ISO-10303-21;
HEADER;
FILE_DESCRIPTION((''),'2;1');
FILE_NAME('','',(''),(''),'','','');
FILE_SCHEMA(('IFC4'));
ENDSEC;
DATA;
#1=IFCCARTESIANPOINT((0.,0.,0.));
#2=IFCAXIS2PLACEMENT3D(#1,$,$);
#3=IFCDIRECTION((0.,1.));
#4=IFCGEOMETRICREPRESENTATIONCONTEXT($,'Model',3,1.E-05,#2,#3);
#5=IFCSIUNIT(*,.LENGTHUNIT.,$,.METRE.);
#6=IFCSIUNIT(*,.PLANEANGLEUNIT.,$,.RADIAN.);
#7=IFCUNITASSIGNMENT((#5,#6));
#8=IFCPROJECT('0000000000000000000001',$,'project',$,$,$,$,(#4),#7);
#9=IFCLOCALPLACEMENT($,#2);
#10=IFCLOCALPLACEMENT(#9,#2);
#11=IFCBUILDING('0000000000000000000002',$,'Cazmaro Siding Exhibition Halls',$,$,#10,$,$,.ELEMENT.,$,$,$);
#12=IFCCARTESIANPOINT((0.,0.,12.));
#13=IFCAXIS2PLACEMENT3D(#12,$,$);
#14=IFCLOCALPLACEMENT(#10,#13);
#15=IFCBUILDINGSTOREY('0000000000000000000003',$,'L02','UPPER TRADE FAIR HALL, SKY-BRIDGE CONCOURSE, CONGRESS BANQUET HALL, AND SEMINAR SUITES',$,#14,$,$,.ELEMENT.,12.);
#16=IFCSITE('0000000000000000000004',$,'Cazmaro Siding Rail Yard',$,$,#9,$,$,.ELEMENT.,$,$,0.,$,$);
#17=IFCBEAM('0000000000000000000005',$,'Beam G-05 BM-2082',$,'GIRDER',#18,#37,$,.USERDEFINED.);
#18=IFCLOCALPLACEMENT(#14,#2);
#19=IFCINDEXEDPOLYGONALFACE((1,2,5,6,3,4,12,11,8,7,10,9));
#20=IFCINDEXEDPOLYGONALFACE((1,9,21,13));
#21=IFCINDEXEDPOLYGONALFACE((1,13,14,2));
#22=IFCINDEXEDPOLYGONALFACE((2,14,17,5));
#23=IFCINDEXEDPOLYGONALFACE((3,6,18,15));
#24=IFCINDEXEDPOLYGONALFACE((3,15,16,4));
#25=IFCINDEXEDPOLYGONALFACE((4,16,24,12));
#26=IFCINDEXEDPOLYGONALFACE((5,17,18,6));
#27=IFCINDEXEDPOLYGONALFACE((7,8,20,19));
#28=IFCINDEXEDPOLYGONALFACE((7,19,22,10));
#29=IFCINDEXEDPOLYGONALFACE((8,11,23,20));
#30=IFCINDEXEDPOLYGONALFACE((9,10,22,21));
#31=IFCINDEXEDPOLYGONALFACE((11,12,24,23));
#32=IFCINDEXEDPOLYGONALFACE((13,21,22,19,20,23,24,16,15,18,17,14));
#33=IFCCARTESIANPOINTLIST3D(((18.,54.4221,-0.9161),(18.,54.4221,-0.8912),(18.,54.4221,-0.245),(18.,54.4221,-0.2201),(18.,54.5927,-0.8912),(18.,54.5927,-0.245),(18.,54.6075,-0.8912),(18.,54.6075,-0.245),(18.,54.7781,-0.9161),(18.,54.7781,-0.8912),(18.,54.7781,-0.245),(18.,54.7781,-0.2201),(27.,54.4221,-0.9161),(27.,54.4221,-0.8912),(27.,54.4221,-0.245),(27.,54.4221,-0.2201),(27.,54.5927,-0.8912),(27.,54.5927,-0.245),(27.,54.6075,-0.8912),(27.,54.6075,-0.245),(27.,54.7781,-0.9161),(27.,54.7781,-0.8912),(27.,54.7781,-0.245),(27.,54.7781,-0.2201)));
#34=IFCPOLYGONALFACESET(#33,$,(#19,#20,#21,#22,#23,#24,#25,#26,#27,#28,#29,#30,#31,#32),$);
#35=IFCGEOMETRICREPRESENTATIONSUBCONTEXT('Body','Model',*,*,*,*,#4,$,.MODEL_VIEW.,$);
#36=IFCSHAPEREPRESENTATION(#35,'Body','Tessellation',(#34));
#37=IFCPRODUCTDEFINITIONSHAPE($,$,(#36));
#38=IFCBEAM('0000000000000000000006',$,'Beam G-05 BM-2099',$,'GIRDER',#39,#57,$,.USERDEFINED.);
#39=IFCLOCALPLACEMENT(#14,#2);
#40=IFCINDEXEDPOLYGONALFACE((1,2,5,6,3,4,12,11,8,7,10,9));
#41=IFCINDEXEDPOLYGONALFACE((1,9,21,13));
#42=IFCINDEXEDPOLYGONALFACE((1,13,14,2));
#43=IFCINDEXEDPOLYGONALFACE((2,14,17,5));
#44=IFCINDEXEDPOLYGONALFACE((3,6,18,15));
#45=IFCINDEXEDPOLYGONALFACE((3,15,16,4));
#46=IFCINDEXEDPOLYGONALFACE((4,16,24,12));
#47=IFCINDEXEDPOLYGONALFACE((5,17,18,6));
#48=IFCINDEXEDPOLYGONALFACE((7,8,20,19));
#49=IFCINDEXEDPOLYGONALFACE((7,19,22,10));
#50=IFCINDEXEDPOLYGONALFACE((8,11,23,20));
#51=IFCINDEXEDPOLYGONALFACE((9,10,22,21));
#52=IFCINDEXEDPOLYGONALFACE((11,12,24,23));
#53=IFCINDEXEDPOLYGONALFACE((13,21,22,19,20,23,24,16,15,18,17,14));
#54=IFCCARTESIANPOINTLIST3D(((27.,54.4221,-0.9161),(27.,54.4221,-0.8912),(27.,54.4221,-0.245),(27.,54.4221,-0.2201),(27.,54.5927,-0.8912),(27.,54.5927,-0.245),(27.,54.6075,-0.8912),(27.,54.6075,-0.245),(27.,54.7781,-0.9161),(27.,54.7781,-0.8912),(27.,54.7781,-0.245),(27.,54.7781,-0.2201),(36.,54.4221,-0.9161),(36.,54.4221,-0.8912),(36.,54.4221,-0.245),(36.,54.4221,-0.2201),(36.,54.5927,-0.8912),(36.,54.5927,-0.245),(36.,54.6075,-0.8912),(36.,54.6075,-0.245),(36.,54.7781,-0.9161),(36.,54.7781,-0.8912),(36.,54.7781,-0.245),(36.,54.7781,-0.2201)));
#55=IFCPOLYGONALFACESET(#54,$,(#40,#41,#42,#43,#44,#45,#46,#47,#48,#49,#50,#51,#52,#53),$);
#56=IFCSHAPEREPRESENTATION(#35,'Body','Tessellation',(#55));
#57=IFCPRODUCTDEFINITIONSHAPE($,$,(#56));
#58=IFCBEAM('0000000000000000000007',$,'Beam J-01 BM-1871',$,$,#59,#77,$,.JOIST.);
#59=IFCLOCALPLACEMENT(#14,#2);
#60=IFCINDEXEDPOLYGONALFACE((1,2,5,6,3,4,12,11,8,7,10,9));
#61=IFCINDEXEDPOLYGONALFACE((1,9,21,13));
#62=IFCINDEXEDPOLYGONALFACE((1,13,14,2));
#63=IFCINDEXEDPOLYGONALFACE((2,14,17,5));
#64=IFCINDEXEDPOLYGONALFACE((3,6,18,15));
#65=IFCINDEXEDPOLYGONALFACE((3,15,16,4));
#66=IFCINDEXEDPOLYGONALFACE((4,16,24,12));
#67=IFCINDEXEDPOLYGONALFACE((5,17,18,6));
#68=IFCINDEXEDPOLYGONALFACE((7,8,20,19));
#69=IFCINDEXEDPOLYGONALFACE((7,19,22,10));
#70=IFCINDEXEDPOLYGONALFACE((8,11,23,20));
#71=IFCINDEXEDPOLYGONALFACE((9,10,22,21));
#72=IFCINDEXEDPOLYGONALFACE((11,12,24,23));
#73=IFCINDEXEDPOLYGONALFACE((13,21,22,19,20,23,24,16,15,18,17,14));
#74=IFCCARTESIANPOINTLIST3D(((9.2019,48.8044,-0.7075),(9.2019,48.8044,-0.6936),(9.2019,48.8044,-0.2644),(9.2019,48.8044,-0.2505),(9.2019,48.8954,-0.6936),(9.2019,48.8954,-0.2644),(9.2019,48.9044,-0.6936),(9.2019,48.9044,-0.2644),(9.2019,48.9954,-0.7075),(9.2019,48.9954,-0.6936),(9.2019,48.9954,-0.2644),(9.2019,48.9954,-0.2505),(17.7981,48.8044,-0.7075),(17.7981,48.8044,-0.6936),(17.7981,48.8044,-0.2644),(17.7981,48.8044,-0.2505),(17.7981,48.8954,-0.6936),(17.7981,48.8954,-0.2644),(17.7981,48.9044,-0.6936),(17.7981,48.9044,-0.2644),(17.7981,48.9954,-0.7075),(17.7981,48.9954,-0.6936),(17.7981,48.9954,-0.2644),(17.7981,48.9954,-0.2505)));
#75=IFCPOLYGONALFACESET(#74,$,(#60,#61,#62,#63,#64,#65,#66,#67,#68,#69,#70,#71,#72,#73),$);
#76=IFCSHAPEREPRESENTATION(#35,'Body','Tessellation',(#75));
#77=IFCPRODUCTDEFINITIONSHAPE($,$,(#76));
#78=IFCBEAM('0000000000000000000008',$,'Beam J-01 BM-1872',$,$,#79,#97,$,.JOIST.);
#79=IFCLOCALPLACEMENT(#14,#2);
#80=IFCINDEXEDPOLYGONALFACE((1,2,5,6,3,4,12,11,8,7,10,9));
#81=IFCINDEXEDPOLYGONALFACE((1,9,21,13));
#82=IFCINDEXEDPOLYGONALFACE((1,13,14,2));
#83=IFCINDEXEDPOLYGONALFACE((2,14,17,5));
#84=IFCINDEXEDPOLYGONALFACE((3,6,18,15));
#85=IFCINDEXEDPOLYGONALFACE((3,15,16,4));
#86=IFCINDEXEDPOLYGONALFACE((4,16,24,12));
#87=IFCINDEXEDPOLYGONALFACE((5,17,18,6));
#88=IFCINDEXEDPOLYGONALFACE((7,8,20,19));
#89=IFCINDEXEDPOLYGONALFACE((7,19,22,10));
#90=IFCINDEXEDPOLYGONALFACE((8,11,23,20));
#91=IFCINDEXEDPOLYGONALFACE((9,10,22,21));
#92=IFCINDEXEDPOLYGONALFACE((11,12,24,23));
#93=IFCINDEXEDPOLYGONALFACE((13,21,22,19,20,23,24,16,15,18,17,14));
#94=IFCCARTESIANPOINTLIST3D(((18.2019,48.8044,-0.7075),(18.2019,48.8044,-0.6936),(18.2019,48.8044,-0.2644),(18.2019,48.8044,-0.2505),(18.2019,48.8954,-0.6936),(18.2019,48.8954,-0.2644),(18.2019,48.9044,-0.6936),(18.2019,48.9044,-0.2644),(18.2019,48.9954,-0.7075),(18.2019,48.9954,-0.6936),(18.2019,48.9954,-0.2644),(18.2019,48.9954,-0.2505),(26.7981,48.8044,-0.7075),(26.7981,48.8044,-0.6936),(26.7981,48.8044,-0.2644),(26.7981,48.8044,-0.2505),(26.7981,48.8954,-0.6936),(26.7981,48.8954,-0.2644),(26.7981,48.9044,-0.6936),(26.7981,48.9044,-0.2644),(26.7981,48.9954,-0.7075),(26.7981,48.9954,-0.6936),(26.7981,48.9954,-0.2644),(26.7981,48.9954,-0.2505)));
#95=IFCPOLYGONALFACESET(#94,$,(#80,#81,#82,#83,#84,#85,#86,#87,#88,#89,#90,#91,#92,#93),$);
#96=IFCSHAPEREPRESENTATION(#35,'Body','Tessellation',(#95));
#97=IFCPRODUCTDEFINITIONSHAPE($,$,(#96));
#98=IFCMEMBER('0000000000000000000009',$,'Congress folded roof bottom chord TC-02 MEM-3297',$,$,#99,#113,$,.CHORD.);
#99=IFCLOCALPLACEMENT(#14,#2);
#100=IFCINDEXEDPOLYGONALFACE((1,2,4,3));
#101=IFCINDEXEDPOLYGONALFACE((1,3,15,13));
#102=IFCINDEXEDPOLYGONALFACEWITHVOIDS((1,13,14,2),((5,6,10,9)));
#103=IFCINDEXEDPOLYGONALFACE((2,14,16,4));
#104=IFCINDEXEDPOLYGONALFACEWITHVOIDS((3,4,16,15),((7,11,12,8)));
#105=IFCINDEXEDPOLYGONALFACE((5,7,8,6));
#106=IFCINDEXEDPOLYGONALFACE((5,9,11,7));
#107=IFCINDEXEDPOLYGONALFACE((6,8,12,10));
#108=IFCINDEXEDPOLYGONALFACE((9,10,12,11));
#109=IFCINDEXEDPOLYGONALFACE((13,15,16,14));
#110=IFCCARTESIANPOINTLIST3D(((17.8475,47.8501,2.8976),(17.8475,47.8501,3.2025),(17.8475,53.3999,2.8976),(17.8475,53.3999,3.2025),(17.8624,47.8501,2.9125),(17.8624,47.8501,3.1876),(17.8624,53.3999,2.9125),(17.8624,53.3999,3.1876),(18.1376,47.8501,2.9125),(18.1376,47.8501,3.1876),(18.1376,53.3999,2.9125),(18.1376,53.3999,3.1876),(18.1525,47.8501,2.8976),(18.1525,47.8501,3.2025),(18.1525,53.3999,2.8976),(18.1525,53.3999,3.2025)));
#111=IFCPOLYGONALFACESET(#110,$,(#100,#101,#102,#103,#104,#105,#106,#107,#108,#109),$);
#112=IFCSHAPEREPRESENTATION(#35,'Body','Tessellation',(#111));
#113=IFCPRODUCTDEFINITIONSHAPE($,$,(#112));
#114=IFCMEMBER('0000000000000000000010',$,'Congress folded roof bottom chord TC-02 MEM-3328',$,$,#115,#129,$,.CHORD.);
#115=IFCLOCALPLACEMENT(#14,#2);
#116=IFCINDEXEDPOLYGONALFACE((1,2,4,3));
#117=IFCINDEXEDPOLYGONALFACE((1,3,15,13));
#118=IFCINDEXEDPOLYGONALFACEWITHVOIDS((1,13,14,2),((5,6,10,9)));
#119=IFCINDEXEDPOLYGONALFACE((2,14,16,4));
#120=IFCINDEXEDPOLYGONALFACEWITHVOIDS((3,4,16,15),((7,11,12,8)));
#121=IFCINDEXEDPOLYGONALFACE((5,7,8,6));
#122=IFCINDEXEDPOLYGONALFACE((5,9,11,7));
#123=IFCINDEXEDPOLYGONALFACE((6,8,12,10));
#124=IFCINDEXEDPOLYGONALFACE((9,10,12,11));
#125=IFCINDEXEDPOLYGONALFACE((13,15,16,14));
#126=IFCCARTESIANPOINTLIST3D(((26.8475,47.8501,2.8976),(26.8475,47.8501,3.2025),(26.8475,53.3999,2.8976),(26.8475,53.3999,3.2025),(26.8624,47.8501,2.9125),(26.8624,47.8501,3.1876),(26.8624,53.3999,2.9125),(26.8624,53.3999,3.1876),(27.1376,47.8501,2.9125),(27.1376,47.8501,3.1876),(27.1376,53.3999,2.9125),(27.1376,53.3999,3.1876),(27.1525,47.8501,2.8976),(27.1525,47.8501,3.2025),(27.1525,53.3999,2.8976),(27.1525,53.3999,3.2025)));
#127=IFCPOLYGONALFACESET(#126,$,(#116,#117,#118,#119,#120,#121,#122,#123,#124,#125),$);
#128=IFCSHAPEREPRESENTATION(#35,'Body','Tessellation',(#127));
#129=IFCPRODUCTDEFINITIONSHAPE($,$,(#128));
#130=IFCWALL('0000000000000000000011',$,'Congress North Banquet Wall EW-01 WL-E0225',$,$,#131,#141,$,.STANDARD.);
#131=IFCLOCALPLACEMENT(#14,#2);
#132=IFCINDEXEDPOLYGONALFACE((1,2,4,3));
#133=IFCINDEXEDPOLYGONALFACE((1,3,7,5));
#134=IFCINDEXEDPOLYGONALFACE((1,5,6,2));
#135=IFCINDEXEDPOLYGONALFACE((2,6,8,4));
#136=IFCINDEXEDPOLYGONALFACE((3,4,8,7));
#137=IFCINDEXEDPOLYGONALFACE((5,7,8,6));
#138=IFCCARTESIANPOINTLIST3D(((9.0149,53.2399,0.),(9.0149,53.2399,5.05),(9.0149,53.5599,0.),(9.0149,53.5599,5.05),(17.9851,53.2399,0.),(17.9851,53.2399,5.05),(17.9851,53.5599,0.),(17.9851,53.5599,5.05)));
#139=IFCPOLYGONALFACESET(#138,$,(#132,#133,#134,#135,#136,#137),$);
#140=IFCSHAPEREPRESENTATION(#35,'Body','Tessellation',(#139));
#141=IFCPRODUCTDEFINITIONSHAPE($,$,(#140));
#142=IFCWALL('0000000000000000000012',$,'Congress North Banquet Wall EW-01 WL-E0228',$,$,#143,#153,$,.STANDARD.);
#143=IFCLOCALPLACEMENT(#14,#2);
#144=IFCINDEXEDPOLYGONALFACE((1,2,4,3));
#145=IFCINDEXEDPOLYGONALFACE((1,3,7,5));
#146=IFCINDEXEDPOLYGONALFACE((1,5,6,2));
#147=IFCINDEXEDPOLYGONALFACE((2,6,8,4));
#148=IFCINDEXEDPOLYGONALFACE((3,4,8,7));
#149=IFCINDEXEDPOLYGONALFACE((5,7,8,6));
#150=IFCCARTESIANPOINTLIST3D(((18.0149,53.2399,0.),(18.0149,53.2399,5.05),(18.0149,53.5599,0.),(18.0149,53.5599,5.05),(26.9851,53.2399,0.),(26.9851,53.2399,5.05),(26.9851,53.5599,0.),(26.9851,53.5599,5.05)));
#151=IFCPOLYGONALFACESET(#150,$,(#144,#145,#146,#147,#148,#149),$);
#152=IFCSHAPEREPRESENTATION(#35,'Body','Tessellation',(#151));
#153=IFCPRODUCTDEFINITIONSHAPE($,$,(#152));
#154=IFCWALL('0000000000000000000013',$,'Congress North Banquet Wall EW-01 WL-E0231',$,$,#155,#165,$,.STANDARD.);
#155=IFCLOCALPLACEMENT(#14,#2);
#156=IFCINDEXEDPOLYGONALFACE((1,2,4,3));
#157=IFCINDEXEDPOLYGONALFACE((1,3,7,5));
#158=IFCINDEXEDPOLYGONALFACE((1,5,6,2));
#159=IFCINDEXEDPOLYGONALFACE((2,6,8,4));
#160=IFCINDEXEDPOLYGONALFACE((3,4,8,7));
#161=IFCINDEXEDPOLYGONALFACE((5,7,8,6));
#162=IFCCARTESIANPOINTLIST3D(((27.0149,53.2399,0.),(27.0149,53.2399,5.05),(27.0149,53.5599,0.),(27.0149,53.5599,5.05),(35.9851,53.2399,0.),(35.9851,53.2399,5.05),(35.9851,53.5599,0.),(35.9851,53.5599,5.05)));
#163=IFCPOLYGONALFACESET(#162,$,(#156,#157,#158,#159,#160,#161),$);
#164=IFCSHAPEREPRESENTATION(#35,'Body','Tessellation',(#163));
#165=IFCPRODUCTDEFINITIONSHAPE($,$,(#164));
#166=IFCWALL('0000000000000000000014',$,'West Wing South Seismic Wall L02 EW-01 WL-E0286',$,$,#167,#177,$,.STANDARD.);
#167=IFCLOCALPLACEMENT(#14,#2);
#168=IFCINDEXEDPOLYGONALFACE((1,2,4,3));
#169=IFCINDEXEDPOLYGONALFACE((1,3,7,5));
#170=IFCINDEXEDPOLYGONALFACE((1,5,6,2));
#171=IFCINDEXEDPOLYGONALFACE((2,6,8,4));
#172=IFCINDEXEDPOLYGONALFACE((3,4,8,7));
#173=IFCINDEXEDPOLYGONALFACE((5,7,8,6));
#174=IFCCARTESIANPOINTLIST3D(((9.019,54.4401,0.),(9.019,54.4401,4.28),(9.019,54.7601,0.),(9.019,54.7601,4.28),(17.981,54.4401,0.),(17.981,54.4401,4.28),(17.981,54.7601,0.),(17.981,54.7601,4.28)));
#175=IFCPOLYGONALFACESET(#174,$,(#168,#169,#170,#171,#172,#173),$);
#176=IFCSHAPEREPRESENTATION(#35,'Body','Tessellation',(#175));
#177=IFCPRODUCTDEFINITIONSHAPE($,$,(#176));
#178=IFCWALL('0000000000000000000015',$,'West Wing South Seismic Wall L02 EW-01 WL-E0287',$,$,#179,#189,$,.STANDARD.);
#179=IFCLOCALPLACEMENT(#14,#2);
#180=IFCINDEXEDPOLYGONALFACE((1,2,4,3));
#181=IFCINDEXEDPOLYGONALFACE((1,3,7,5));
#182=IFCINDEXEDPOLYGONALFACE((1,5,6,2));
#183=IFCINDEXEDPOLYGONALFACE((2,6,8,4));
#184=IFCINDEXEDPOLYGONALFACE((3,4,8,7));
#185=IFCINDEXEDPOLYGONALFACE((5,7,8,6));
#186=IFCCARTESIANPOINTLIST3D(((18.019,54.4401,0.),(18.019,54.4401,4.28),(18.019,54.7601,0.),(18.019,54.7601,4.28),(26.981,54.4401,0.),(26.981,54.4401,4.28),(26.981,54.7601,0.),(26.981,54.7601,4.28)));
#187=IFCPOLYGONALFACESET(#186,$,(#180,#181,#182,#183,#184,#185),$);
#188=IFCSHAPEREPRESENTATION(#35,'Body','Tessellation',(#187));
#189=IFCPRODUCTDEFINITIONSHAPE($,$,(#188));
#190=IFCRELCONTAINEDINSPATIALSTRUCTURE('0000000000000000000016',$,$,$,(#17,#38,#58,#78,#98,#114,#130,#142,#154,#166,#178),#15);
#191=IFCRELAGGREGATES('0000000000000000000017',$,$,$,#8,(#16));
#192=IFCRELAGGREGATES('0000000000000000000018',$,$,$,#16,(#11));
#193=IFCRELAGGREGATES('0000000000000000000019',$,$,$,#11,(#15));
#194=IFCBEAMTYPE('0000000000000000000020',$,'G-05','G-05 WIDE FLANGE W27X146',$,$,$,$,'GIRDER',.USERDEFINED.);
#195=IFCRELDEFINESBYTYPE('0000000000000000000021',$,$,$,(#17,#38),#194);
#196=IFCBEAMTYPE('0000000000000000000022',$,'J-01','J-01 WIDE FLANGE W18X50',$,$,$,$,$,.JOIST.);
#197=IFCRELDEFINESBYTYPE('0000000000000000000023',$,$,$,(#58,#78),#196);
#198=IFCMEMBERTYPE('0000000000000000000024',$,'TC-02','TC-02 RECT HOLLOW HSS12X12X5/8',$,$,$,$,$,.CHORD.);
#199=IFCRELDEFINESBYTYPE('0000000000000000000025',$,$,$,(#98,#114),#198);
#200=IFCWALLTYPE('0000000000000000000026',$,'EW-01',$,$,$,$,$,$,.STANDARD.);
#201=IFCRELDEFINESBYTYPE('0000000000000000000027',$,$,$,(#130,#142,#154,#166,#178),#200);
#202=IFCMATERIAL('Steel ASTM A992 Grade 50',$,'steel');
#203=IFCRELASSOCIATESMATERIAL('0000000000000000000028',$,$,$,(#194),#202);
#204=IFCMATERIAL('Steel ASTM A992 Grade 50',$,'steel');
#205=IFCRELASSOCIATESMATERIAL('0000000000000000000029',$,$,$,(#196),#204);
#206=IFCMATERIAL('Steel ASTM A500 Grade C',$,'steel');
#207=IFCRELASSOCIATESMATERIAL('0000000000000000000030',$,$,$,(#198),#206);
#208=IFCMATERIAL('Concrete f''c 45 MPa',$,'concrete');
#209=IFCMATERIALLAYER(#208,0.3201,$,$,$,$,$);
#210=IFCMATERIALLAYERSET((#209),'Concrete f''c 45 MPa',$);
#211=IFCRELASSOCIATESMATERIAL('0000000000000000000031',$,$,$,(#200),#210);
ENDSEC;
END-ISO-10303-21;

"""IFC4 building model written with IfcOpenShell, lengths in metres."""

from ifc_helpers import new_model, si_unit, direction, frame, frame_2d, origin, origin_2d, place, context, subcontext, project, spatial, rectangle, hollow_rectangle, i_section, extrude, material, layer, layer_set, material_profile, profile_set, type_object, element, save


model = new_model("IFC4")

# Units and contexts
model_context = context("Model", 3, precision=1e-05, world=origin(), true_north=direction((0.0, 1.0)))
body_context = subcontext(model_context, "Body", "Model", "MODEL_VIEW")
ifc_project = project(units=[si_unit("LENGTHUNIT", "METRE"), si_unit("PLANEANGLEUNIT", "RADIAN")], contexts=[model_context])

# Site, building, storey
site_placement = place(None, origin())
site = spatial("IfcSite", under=ifc_project, at=site_placement, Name="Cazmaro Siding Rail Yard", CompositionType="ELEMENT", RefElevation=0.0)
building_placement = place(site_placement, origin())
building = spatial("IfcBuilding", under=site, at=building_placement, Name="Cazmaro Siding Exhibition Halls", CompositionType="ELEMENT")
storey_placement = place(building_placement, frame((0.0, 0.0, 12.0)))
storey = spatial("IfcBuildingStorey", under=building, at=storey_placement, Name="L02", Description="UPPER TRADE FAIR HALL, SKY-BRIDGE CONCOURSE, CONGRESS BANQUET HALL, AND SEMINAR SUITES", CompositionType="ELEMENT", Elevation=12.0)

# Beams
ifc_material_1 = material(Name="Steel ASTM A992 Grade 50", Category="steel")
ifc_material_profile_1 = material_profile(ifc_material_1, i_section(OverallWidth=0.356, OverallDepth=0.696, WebThickness=0.0149, FlangeThickness=0.0249, at=origin_2d()), Name="W27X146")
ifc_profile_set_1 = profile_set([ifc_material_profile_1], Name="Steel ASTM A992 Grade 50")
beam_type_1 = type_object("IfcBeamType", Name="G-05", Description="G-05 WIDE FLANGE W27X146", ElementType="GIRDER", PredefinedType="USERDEFINED", material=ifc_profile_set_1)
for number, where, z_axis, x_axis, name in (
    (1, (18.0, 54.6001, -0.5681), (1.0, 0.0, 0.0), (0.0, 1.0, 0.0), "Beam G-05 BM-2082"),
    (2, (27.0, 54.6001, -0.5681), (1.0, 0.0, 0.0), (0.0, 1.0, 0.0), "Beam G-05 BM-2099"),
):
    element("IfcBeam", number, at=place(storey_placement, frame(where, z_axis=z_axis, x_axis=x_axis)), inside=storey, type_object=beam_type_1, Name=name, ObjectType="GIRDER", PredefinedType="USERDEFINED", context=body_context, shape_type="SweptSolid", body=[
        extrude(i_section(OverallWidth=0.356, OverallDepth=0.696, WebThickness=0.0149, FlangeThickness=0.0249, at=origin_2d()), origin(), (0.0, 0.0, 1.0), 9.0),
    ])
ifc_material_2 = material(Name="Steel ASTM A992 Grade 50", Category="steel")
ifc_material_profile_2 = material_profile(ifc_material_2, i_section(OverallWidth=0.1909, OverallDepth=0.457, WebThickness=0.009, FlangeThickness=0.0139, at=origin_2d()), Name="W18X50")
ifc_profile_set_2 = profile_set([ifc_material_profile_2], Name="Steel ASTM A992 Grade 50")
beam_type_2 = type_object("IfcBeamType", Name="J-01", Description="J-01 WIDE FLANGE W18X50", PredefinedType="JOIST", material=ifc_profile_set_2)
for number, where, z_axis, x_axis, name in (
    (3, (9.2019, 48.8999, -0.479), (1.0, 0.0, 0.0), (0.0, 1.0, 0.0), "Beam J-01 BM-1871"),
    (4, (18.2019, 48.8999, -0.479), (1.0, 0.0, 0.0), (0.0, 1.0, 0.0), "Beam J-01 BM-1872"),
):
    element("IfcBeam", number, at=place(storey_placement, frame(where, z_axis=z_axis, x_axis=x_axis)), inside=storey, type_object=beam_type_2, Name=name, PredefinedType="JOIST", context=body_context, shape_type="SweptSolid", body=[
        extrude(i_section(OverallWidth=0.1909, OverallDepth=0.457, WebThickness=0.009, FlangeThickness=0.0139, at=origin_2d()), origin(), (0.0, 0.0, 1.0), 8.5962),
    ])

# Members
ifc_material_3 = material(Name="Steel ASTM A500 Grade C", Category="steel")
ifc_material_profile_3 = material_profile(ifc_material_3, hollow_rectangle(XDim=0.3049, YDim=0.3049, WallThickness=0.0149, at=origin_2d()), Name="HSS12X12X5/8")
ifc_profile_set_3 = profile_set([ifc_material_profile_3], Name="Steel ASTM A500 Grade C")
member_type = type_object("IfcMemberType", Name="TC-02", Description="TC-02 RECT HOLLOW HSS12X12X5/8", PredefinedType="CHORD", material=ifc_profile_set_3)
for number, where, z_axis, x_axis, name in (
    (5, (18.0, 47.8501, 3.05), (0.0, 1.0, 0.0), (-1.0, 0.0, 0.0), "Congress folded roof bottom chord TC-02 MEM-3297"),
    (6, (27.0, 47.8501, 3.05), (0.0, 1.0, 0.0), (-1.0, 0.0, 0.0), "Congress folded roof bottom chord TC-02 MEM-3328"),
):
    element("IfcMember", number, at=place(storey_placement, frame(where, z_axis=z_axis, x_axis=x_axis)), inside=storey, type_object=member_type, Name=name, PredefinedType="CHORD", context=body_context, shape_type="SweptSolid", body=[
        extrude(hollow_rectangle(XDim=0.3049, YDim=0.3049, WallThickness=0.0149, at=origin_2d()), origin(), (0.0, 0.0, 1.0), 5.5498),
    ])

# Walls
ifc_material_4 = material(Name="Concrete f'c 45 MPa", Category="concrete")
ifc_layer_1 = layer(ifc_material_4, 0.3201)
ifc_layer_set_1 = layer_set([ifc_layer_1], Name="Concrete f'c 45 MPa")
wall_type_1 = type_object("IfcWallType", Name="EW-01", PredefinedType="STANDARD", material=ifc_layer_set_1)
for number, where, z_axis, x_axis, name in (
    (7, (9.0149, 53.3999, 0.0), (0.0, 0.0, 1.0), (1.0, 0.0, 0.0), "Congress North Banquet Wall EW-01 WL-E0225"),
    (8, (18.0149, 53.3999, 0.0), (0.0, 0.0, 1.0), (1.0, 0.0, 0.0), "Congress North Banquet Wall EW-01 WL-E0228"),
    (9, (27.0149, 53.3999, 0.0), (0.0, 0.0, 1.0), (1.0, 0.0, 0.0), "Congress North Banquet Wall EW-01 WL-E0231"),
):
    element("IfcWall", number, at=place(storey_placement, frame(where, z_axis=z_axis, x_axis=x_axis)), inside=storey, type_object=wall_type_1, Name=name, PredefinedType="STANDARD", context=body_context, shape_type="SweptSolid", body=[
        extrude(rectangle(XDim=8.9702, YDim=0.3201, at=frame_2d((4.4851, 0.0))), origin(), (0.0, 0.0, 1.0), 5.05),
    ])
for number, where, z_axis, x_axis, name in (
    (10, (17.981, 54.6001, 0.0), (0.0, 0.0, 1.0), (-1.0, 0.0, 0.0), "West Wing South Seismic Wall L02 EW-01 WL-E0286"),
    (11, (26.981, 54.6001, 0.0), (0.0, 0.0, 1.0), (-1.0, 0.0, 0.0), "West Wing South Seismic Wall L02 EW-01 WL-E0287"),
):
    element("IfcWall", number, at=place(storey_placement, frame(where, z_axis=z_axis, x_axis=x_axis)), inside=storey, type_object=wall_type_1, Name=name, PredefinedType="STANDARD", context=body_context, shape_type="SweptSolid", body=[
        extrude(rectangle(XDim=8.9619, YDim=0.3201, at=frame_2d((4.481, 0.0))), origin(), (0.0, 0.0, 1.0), 4.28),
    ])

save(model, "model.ifc")
